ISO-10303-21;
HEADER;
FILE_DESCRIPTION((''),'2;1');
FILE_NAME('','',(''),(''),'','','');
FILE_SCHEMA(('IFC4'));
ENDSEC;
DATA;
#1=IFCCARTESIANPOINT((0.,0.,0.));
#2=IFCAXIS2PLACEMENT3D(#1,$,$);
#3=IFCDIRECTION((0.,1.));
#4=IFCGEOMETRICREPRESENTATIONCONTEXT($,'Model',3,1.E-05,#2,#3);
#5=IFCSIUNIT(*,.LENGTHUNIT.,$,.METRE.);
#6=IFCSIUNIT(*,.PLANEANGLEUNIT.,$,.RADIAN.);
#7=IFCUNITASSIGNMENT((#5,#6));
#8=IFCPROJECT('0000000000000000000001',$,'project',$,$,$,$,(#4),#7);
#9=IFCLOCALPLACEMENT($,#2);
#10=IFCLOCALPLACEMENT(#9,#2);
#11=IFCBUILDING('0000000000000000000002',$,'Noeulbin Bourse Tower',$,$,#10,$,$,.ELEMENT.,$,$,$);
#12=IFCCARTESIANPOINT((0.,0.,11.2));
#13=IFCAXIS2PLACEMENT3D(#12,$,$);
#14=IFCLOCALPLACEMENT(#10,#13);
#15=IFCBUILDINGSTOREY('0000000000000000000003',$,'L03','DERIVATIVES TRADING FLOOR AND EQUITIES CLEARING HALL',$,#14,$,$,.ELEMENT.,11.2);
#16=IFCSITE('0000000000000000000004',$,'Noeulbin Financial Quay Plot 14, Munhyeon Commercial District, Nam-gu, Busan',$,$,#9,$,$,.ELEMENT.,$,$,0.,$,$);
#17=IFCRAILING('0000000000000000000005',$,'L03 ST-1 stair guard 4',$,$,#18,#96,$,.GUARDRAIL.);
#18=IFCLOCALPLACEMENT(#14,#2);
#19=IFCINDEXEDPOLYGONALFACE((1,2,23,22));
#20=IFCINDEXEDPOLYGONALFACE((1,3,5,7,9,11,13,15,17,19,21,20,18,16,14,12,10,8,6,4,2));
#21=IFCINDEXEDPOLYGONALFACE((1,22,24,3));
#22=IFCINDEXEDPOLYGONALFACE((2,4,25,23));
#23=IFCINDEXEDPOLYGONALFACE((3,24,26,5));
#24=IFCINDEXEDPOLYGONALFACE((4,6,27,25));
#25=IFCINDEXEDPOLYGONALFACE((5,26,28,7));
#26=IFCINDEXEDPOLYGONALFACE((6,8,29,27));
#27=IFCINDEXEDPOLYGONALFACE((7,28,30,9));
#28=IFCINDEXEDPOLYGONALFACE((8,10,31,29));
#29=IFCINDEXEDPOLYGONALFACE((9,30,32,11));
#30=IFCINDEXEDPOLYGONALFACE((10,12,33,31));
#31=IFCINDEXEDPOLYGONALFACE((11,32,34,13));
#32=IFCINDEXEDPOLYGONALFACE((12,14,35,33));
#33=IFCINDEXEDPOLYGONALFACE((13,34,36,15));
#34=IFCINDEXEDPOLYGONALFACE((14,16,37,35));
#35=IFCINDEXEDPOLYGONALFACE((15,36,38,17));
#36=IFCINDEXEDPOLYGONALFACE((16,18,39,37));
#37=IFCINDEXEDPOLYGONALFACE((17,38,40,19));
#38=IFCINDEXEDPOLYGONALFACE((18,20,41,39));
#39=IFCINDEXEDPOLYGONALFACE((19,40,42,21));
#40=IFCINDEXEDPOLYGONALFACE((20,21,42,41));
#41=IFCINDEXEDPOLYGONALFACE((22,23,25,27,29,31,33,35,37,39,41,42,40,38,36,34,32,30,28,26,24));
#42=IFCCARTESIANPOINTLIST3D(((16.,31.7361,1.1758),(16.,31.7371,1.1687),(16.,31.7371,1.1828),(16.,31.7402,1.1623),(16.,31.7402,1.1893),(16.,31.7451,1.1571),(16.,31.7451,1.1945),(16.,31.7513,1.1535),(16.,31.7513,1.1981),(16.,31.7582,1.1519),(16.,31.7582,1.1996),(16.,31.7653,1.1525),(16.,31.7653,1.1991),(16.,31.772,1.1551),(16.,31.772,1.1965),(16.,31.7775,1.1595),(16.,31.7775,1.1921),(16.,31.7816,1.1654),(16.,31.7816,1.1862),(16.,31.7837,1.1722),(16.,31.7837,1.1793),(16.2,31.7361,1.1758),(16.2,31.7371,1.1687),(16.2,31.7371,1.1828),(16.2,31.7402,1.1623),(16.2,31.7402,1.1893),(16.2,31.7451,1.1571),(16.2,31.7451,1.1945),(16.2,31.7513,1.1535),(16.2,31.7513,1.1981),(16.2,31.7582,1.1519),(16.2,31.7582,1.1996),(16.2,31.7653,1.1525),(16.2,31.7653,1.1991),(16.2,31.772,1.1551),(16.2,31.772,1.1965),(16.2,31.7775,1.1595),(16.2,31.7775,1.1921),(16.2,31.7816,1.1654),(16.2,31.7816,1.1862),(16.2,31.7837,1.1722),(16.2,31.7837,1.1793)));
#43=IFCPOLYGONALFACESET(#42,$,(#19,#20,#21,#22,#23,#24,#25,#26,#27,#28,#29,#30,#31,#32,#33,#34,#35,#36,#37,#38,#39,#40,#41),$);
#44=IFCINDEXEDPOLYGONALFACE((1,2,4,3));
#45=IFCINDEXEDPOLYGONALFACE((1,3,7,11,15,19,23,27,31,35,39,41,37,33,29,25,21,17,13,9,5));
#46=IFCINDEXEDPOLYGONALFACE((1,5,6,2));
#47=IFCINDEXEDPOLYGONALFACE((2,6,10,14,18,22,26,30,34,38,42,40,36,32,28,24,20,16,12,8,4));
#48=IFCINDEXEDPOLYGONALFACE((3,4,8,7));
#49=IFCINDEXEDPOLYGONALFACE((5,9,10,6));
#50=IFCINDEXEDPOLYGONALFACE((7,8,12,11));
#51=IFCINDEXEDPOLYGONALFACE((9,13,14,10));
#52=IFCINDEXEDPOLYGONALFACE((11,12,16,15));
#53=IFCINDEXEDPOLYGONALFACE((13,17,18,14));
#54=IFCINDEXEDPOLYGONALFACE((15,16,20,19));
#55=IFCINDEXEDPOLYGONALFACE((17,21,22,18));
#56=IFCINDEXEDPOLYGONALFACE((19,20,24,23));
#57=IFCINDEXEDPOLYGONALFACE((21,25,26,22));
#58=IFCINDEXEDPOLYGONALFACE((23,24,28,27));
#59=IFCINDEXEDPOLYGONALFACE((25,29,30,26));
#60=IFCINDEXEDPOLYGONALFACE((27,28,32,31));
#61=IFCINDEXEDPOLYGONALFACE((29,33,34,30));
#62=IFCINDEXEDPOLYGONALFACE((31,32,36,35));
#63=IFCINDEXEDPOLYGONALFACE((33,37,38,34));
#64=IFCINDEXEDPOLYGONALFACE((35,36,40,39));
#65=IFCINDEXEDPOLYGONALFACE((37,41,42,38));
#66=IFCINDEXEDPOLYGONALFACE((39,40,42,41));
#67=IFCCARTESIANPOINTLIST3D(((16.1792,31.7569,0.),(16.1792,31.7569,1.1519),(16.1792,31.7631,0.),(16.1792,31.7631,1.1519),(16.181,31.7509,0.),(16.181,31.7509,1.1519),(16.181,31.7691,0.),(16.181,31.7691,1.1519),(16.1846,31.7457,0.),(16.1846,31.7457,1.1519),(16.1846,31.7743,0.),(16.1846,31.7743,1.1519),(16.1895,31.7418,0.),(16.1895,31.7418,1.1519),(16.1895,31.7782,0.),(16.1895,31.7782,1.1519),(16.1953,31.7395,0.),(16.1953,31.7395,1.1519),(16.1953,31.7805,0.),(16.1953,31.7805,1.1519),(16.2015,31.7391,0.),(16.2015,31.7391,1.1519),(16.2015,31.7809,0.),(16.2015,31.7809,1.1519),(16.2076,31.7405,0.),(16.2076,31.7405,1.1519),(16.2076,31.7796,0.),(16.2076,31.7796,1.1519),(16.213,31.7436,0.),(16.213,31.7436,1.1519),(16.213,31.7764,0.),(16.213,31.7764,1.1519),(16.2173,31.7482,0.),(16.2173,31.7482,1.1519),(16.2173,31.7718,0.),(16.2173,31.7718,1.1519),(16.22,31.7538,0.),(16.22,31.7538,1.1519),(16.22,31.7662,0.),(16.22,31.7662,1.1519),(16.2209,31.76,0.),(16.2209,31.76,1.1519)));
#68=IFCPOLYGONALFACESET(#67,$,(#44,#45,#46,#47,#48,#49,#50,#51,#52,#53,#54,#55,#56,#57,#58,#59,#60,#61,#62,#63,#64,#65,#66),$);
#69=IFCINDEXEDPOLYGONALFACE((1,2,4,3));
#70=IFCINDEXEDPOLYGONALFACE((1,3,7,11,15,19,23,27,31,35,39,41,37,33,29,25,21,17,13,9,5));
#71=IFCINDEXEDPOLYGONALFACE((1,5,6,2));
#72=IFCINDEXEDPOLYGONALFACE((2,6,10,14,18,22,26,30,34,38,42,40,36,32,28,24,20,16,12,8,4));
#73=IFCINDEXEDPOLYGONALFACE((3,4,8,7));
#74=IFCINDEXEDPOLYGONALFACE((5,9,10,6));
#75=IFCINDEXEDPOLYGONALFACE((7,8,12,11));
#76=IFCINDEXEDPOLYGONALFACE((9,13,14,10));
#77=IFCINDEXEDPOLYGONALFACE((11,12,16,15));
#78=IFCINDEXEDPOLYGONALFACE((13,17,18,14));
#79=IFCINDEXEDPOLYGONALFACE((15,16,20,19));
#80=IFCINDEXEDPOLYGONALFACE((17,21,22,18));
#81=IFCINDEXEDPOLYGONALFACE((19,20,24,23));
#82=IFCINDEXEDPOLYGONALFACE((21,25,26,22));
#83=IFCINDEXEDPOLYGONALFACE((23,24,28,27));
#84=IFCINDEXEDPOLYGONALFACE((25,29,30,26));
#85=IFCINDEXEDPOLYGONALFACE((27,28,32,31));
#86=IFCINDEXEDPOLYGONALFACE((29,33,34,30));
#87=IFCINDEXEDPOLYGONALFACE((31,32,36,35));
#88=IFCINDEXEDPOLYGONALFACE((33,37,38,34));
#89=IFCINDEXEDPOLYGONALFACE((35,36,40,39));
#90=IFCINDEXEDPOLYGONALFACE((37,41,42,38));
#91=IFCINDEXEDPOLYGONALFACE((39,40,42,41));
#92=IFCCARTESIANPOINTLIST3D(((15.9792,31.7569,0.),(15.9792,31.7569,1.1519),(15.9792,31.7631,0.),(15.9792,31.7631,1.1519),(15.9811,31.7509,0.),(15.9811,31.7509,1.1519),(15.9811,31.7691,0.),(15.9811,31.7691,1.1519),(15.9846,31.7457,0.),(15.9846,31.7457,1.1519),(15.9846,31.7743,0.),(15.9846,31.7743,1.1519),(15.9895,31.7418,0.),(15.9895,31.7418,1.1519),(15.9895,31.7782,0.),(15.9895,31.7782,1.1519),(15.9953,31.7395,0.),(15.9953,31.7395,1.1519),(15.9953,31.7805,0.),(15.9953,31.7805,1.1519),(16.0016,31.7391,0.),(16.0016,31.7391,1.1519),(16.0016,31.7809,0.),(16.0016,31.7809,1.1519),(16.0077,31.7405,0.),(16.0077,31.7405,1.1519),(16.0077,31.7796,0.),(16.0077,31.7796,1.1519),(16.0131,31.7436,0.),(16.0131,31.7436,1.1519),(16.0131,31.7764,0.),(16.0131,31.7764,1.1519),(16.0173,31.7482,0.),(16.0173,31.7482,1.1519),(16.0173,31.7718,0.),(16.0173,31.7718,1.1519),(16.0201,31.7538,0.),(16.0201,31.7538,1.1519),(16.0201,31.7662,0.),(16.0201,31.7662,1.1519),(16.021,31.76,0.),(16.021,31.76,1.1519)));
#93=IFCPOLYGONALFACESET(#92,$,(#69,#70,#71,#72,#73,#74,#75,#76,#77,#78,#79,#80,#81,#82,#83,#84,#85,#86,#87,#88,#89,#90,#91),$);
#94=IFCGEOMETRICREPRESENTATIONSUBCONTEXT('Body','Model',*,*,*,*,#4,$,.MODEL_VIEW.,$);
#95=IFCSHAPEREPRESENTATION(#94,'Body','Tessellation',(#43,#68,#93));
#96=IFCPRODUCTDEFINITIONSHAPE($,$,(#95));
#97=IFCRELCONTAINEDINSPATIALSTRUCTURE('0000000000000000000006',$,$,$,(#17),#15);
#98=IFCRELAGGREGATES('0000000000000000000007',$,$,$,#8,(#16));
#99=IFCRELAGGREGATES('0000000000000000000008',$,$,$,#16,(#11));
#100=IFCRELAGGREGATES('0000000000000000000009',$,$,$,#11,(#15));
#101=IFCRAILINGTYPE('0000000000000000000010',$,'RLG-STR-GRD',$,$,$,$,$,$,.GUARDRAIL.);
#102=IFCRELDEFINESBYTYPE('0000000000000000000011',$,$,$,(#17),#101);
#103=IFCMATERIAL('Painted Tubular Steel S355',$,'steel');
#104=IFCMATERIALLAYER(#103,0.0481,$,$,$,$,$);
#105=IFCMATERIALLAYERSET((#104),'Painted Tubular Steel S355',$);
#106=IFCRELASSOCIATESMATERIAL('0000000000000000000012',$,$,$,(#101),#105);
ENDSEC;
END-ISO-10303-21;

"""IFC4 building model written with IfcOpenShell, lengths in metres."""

from ifc_helpers import new_model, si_unit, direction, frame, origin, origin_2d, place, context, subcontext, project, spatial, circle, extrude, material, layer, layer_set, type_object, element, save


model = new_model("IFC4")

# Units and contexts
model_context = context("Model", 3, precision=1e-05, world=origin(), true_north=direction((0.0, 1.0)))
body_context = subcontext(model_context, "Body", "Model", "MODEL_VIEW")
ifc_project = project(units=[si_unit("LENGTHUNIT", "METRE"), si_unit("PLANEANGLEUNIT", "RADIAN")], contexts=[model_context])

# Site, building, storey
site_placement = place(None, origin())
site = spatial("IfcSite", under=ifc_project, at=site_placement, Name="Noeulbin Financial Quay Plot 14, Munhyeon Commercial District, Nam-gu, Busan", CompositionType="ELEMENT", RefElevation=0.0)
building_placement = place(site_placement, origin())
building = spatial("IfcBuilding", under=site, at=building_placement, Name="Noeulbin Bourse Tower", CompositionType="ELEMENT")
storey_placement = place(building_placement, frame((0.0, 0.0, 11.2)))
storey = spatial("IfcBuildingStorey", under=building, at=storey_placement, Name="L03", Description="DERIVATIVES TRADING FLOOR AND EQUITIES CLEARING HALL", CompositionType="ELEMENT", Elevation=11.2)

# Railing
ifc_material_1 = material(Name="Painted Tubular Steel S355", Category="steel")
ifc_layer_1 = layer(ifc_material_1, 0.0481)
ifc_layer_set_1 = layer_set([ifc_layer_1], Name="Painted Tubular Steel S355")
railing_type_1 = type_object("IfcRailingType", Name="RLG-STR-GRD", PredefinedType="GUARDRAIL", material=ifc_layer_set_1)
railing_1_placement = place(storey_placement, frame((16.2, 31.76, 0.0)))
element("IfcRailing", 1, at=railing_1_placement, inside=storey, type_object=railing_type_1, Name="L03 ST-1 stair guard 4", PredefinedType="GUARDRAIL", context=body_context, shape_type="SweptSolid", body=[
    extrude(circle(Radius=0.0239, at=origin_2d()), frame((0.0, 0.0, 1.1758), z_axis=(-1.0, 0.0, 0.0), x_axis=(0.0, -1.0, 0.0)), (0.0, 0.0, 1.0), 0.2),
    extrude(circle(Radius=0.021, at=origin_2d()), origin(), (0.0, 0.0, 1.0), 1.1519),
    extrude(circle(Radius=0.021, at=origin_2d()), frame((-0.2, 0.0, 0.0)), (0.0, 0.0, 1.0), 1.1519),
])

save(model, "model.ifc")
